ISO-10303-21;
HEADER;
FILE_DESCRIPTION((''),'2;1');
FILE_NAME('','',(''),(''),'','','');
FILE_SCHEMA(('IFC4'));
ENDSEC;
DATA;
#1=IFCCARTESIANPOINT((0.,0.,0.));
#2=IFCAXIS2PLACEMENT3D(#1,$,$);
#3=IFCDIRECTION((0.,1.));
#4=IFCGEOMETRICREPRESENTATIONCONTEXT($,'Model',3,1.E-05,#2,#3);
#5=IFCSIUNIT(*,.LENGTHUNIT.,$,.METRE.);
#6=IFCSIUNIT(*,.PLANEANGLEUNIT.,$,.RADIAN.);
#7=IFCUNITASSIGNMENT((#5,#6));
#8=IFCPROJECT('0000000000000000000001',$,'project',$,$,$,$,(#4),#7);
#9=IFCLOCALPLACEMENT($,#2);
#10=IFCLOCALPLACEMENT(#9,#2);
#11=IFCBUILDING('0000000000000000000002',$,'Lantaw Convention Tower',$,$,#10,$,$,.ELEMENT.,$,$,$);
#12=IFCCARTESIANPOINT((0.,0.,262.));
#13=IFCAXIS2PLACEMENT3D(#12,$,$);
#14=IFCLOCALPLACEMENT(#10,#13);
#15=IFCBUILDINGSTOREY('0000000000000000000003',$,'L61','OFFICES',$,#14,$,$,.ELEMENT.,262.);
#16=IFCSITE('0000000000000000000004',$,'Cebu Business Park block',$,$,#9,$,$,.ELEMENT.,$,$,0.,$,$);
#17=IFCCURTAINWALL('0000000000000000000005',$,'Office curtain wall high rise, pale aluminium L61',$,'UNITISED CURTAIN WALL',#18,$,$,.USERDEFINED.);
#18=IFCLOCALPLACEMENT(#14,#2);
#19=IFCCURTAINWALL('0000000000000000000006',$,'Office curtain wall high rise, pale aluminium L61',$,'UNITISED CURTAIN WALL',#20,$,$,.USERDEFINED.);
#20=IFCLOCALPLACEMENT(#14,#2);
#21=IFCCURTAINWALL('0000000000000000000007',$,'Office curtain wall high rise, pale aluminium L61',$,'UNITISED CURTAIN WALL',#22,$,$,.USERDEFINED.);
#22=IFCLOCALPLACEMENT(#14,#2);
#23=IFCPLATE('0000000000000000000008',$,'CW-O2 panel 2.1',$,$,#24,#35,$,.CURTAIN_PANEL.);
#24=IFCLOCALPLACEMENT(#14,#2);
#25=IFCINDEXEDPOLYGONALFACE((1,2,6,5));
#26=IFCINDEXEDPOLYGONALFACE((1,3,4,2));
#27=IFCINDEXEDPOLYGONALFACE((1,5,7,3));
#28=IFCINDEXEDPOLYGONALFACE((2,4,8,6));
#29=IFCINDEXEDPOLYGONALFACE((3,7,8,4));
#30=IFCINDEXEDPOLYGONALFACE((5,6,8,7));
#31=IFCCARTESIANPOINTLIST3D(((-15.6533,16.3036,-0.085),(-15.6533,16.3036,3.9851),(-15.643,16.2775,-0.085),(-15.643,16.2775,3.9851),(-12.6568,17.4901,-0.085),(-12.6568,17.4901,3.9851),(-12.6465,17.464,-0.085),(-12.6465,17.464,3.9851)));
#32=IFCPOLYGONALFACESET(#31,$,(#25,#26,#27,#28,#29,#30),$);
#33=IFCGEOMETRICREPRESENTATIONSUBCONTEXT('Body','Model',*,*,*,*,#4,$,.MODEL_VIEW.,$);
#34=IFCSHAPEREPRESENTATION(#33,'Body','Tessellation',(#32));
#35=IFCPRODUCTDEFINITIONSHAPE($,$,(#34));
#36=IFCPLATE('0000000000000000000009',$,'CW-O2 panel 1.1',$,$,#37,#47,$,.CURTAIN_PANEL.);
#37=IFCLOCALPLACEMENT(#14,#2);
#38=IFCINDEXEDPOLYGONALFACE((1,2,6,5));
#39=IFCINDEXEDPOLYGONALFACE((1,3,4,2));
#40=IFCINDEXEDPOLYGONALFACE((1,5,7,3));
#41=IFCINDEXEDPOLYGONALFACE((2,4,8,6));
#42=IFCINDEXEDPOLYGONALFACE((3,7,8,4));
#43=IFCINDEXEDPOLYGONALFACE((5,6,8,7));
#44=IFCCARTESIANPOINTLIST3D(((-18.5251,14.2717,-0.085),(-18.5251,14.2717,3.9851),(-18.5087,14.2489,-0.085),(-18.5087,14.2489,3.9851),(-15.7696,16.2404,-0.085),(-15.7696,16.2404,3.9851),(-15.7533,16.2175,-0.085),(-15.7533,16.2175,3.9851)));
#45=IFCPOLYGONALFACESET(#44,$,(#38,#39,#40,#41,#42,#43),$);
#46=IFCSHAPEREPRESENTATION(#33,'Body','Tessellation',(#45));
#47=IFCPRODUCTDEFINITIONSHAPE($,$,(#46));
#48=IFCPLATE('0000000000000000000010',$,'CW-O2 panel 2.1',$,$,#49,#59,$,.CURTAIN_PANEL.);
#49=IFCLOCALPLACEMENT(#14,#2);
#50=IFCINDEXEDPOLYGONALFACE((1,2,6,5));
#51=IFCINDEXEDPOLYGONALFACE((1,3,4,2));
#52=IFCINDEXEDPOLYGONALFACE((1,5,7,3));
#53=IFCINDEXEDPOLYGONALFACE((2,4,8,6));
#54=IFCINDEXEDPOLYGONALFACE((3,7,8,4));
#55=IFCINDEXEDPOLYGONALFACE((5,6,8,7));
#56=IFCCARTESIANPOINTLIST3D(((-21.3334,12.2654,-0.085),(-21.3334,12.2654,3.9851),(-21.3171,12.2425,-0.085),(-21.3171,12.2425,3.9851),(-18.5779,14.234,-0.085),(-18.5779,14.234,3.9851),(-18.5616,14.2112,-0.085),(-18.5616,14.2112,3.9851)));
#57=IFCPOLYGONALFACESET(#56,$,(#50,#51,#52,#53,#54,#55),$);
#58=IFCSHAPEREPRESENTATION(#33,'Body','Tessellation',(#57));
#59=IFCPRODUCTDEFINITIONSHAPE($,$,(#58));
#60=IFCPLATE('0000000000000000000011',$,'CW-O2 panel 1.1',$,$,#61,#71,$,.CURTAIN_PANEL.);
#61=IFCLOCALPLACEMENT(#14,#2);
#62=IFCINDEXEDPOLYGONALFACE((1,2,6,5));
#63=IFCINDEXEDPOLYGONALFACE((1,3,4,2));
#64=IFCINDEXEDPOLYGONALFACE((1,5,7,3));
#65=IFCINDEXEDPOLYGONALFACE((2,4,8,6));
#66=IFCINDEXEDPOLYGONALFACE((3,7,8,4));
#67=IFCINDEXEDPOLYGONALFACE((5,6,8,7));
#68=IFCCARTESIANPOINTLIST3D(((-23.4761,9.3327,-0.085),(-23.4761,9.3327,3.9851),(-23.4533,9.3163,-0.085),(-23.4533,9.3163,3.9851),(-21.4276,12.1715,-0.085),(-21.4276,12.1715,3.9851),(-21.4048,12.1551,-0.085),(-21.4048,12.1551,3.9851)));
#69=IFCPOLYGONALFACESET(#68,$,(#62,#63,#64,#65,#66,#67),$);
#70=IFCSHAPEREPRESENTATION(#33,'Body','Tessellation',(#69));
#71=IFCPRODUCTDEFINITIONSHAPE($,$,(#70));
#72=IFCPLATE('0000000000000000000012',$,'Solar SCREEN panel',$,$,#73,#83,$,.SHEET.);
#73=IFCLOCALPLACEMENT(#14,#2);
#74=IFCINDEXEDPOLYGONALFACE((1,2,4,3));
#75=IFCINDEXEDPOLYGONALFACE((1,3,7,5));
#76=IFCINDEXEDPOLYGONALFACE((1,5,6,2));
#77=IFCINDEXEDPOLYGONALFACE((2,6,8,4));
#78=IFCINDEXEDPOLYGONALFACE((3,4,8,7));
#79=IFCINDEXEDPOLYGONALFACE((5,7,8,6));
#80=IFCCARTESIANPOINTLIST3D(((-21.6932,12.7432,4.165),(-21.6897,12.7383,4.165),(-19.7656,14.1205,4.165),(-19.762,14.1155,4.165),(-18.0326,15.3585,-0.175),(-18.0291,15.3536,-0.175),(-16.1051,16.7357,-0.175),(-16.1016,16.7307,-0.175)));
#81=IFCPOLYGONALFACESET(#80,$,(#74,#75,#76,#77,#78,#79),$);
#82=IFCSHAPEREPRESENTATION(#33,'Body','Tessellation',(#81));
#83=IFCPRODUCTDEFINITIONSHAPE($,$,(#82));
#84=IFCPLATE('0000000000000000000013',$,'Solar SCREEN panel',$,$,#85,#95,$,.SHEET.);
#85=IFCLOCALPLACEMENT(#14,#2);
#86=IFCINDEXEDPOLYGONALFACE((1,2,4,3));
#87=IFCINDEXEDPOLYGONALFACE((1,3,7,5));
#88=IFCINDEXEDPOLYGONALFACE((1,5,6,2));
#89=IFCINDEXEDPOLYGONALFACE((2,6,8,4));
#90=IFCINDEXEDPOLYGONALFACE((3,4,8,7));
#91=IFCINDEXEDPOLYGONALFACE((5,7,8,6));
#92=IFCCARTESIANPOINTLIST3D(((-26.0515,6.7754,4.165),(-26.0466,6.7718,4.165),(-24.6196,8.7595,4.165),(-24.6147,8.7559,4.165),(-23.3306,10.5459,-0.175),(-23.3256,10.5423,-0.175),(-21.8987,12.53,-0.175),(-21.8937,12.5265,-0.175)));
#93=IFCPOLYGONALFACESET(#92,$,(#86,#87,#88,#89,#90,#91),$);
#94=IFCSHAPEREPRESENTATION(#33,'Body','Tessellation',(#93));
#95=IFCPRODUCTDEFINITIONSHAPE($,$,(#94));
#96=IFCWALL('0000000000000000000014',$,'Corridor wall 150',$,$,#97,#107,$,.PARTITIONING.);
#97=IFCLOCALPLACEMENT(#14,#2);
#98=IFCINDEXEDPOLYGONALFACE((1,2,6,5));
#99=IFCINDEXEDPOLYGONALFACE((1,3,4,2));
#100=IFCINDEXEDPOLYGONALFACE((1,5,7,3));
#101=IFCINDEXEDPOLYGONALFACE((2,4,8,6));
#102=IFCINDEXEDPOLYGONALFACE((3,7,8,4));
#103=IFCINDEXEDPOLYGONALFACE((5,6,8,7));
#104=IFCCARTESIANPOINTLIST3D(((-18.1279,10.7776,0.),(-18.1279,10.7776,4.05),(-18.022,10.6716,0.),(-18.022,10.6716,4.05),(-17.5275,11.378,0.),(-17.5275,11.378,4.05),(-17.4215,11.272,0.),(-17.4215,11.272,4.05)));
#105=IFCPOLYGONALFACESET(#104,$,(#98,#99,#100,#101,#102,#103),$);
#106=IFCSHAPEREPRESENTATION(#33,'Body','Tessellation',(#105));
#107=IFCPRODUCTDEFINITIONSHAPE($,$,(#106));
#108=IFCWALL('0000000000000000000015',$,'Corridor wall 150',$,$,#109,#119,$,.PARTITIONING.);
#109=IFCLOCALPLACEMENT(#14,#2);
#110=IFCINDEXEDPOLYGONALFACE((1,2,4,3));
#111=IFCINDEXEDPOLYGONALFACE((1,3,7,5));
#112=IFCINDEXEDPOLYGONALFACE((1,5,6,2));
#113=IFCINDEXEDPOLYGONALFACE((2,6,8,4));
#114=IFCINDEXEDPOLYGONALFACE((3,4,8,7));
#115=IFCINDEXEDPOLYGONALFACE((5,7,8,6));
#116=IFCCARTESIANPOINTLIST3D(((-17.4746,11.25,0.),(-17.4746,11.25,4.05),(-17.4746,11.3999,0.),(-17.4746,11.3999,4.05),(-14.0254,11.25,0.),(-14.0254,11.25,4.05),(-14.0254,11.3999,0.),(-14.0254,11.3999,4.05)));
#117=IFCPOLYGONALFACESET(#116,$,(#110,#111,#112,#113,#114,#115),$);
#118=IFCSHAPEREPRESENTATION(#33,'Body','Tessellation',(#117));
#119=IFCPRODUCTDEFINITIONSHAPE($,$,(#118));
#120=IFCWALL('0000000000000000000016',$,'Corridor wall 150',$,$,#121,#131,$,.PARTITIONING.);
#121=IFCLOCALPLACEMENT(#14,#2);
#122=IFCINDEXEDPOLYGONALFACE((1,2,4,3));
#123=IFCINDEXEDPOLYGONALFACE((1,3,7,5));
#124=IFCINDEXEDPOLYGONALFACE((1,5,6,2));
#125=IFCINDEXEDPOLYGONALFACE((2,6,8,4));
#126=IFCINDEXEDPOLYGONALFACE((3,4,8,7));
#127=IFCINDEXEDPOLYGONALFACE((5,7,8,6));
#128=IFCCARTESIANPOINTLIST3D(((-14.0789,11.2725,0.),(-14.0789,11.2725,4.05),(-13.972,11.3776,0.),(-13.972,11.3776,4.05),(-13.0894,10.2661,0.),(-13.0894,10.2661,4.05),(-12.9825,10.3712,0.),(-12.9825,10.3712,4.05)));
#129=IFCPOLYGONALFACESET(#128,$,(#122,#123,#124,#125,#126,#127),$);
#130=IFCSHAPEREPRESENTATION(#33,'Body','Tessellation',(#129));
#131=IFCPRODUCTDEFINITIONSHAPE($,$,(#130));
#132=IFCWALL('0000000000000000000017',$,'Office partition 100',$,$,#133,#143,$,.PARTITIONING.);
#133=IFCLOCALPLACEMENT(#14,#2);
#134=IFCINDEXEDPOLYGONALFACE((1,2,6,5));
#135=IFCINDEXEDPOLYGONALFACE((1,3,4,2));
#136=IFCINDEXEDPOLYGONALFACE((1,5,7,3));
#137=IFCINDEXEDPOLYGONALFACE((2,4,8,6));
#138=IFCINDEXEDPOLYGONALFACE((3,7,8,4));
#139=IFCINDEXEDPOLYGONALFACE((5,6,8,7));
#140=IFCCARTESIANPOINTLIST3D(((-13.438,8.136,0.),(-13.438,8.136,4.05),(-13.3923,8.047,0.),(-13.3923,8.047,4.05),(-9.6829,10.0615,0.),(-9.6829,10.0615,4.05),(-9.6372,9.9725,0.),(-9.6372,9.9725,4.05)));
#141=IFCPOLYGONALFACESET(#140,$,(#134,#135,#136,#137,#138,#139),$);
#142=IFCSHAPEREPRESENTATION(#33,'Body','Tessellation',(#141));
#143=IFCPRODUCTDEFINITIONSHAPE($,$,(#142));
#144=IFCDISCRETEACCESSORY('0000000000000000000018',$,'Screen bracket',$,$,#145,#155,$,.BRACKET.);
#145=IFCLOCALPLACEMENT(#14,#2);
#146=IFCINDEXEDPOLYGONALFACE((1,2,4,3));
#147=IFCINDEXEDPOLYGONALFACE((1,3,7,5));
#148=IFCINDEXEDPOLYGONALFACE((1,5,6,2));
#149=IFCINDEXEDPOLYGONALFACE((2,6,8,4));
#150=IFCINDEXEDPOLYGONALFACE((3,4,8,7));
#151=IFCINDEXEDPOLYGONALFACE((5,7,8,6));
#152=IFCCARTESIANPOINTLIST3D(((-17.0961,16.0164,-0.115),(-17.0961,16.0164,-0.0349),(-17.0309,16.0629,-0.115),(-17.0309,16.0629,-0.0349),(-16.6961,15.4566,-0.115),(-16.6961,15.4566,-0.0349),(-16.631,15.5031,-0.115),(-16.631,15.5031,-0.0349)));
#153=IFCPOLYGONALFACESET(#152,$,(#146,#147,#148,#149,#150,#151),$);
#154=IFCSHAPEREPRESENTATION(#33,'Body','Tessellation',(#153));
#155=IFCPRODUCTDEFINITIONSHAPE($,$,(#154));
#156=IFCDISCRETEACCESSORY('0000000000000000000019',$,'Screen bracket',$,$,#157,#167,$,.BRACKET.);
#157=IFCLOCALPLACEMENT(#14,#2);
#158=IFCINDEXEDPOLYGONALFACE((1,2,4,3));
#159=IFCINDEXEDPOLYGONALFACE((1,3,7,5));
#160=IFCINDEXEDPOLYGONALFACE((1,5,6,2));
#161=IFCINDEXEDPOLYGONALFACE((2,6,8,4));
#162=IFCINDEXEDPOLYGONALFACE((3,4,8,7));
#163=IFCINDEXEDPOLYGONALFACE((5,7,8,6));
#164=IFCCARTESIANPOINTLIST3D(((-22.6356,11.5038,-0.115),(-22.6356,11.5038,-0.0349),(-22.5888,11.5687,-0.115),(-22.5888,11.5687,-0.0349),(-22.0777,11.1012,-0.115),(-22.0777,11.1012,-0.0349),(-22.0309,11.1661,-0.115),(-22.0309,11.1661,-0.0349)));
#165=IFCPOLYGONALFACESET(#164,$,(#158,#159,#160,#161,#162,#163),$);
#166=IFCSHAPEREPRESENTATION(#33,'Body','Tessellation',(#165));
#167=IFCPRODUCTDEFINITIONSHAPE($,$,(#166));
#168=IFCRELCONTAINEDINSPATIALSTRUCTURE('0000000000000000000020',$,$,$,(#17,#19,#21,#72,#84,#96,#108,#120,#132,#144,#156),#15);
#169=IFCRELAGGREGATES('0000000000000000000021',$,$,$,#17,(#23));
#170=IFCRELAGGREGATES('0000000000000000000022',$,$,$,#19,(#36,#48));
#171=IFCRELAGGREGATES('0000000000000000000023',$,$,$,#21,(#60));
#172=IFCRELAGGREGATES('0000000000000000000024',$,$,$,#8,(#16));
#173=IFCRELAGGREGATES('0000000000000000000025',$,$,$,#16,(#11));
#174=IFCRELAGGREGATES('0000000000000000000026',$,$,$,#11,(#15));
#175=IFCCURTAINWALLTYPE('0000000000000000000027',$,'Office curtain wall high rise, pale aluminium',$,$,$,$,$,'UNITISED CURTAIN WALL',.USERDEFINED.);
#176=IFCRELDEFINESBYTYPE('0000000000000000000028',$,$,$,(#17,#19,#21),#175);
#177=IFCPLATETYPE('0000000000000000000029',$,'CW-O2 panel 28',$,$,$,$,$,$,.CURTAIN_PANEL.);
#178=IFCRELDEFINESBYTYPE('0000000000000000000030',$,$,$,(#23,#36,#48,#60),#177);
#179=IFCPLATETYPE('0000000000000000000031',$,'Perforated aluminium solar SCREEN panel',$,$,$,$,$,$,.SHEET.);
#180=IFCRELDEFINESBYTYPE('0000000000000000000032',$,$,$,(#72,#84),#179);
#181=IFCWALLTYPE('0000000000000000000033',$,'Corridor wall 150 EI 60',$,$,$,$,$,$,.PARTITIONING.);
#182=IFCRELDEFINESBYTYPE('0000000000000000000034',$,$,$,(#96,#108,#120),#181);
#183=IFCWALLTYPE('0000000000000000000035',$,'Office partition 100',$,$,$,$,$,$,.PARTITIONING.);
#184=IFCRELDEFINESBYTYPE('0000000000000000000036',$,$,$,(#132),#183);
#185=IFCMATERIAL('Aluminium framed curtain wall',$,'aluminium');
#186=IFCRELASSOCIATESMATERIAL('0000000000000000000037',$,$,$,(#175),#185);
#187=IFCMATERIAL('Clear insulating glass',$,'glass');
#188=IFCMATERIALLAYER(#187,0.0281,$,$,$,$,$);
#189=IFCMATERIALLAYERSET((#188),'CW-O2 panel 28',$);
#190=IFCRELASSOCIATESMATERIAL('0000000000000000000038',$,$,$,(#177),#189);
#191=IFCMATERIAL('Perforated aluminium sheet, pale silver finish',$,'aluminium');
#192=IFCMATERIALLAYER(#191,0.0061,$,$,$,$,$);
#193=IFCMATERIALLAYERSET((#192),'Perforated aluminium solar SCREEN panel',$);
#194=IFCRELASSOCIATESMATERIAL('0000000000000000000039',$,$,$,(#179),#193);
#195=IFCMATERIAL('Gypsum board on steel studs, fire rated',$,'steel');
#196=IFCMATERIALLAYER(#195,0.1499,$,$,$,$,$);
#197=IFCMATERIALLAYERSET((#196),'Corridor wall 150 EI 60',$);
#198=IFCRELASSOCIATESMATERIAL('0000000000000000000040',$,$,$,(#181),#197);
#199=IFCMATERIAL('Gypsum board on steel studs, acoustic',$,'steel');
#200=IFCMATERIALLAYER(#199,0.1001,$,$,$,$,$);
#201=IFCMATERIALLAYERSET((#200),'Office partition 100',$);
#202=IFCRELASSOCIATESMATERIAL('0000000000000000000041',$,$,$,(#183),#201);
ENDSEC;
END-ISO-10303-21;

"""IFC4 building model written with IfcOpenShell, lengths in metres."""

from ifc_helpers import new_model, si_unit, direction, frame, frame_2d, origin, origin_2d, place, context, subcontext, project, spatial, polyline, rectangle, outline, extrude, material, layer, layer_set, type_object, element, aggregate, save


model = new_model("IFC4")

# Units and contexts
model_context = context("Model", 3, precision=1e-05, world=origin(), true_north=direction((0.0, 1.0)))
body_context = subcontext(model_context, "Body", "Model", "MODEL_VIEW")
ifc_project = project(units=[si_unit("LENGTHUNIT", "METRE"), si_unit("PLANEANGLEUNIT", "RADIAN")], contexts=[model_context])

# Site, building, storey
site_placement = place(None, origin())
site = spatial("IfcSite", under=ifc_project, at=site_placement, Name="Cebu Business Park block", CompositionType="ELEMENT", RefElevation=0.0)
building_placement = place(site_placement, origin())
building = spatial("IfcBuilding", under=site, at=building_placement, Name="Lantaw Convention Tower", CompositionType="ELEMENT")
storey_placement = place(building_placement, frame((0.0, 0.0, 262.0)))
storey = spatial("IfcBuildingStorey", under=building, at=storey_placement, Name="L61", Description="OFFICES", CompositionType="ELEMENT", Elevation=262.0)

# Curtain walls
ifc_material_1 = material(Name="Aluminium framed curtain wall", Category="aluminium")
curtain_wall_type = type_object("IfcCurtainWallType", Name="Office curtain wall high rise, pale aluminium", ElementType="UNITISED CURTAIN WALL", PredefinedType="USERDEFINED", material=ifc_material_1)
curtain_wall_1_placement = place(storey_placement, origin())
curtain_wall_1 = element("IfcCurtainWall", 1, at=curtain_wall_1_placement, inside=storey, type_object=curtain_wall_type, Name="Office curtain wall high rise, pale aluminium L61", ObjectType="UNITISED CURTAIN WALL", PredefinedType="USERDEFINED")
curtain_wall_2_placement = place(storey_placement, origin())
curtain_wall_2 = element("IfcCurtainWall", 2, at=curtain_wall_2_placement, inside=storey, type_object=curtain_wall_type, Name="Office curtain wall high rise, pale aluminium L61", ObjectType="UNITISED CURTAIN WALL", PredefinedType="USERDEFINED")
curtain_wall_3_placement = place(storey_placement, origin())
curtain_wall_3 = element("IfcCurtainWall", 3, at=curtain_wall_3_placement, inside=storey, type_object=curtain_wall_type, Name="Office curtain wall high rise, pale aluminium L61", ObjectType="UNITISED CURTAIN WALL", PredefinedType="USERDEFINED")

# Plates
ifc_material_2 = material(Name="Clear insulating glass", Category="glass")
ifc_layer_1 = layer(ifc_material_2, 0.0281)
ifc_layer_set_1 = layer_set([ifc_layer_1], Name="CW-O2 panel 28")
plate_type_1 = type_object("IfcPlateType", Name="CW-O2 panel 28", PredefinedType="CURTAIN_PANEL", material=ifc_layer_set_1)
plate_1_placement = place(storey_placement, frame((-14.1499, 16.8838, -0.085), z_axis=(0.0, 0.0, 1.0), x_axis=(-0.929762, -0.368162, 0.0)))
plate_1 = element("IfcPlate", 4, at=plate_1_placement, type_object=plate_type_1, Name="CW-O2 panel 2.1", PredefinedType="CURTAIN_PANEL", context=body_context, shape_type="SweptSolid", body=[
    extrude(rectangle(XDim=3.2229, YDim=0.0281, at=origin_2d()), origin(), (0.0, 0.0, 1.0), 4.0701),
])
aggregate(curtain_wall_1, [plate_1])
plate_2_placement = place(storey_placement, frame((-17.1392, 15.2446, -0.085), z_axis=(0.0, 0.0, 1.0), x_axis=(-0.813673, -0.581323, 0.0)))
plate_2 = element("IfcPlate", 5, at=plate_2_placement, type_object=plate_type_1, Name="CW-O2 panel 1.1", PredefinedType="CURTAIN_PANEL", context=body_context, shape_type="SweptSolid", body=[
    extrude(rectangle(XDim=3.3865, YDim=0.0281, at=origin_2d()), origin(), (0.0, 0.0, 1.0), 4.0701),
])
plate_3_placement = place(storey_placement, frame((-19.9475, 13.2383, -0.085), z_axis=(0.0, 0.0, 1.0), x_axis=(-0.813673, -0.581323, 0.0)))
plate_3 = element("IfcPlate", 6, at=plate_3_placement, type_object=plate_type_1, Name="CW-O2 panel 2.1", PredefinedType="CURTAIN_PANEL", context=body_context, shape_type="SweptSolid", body=[
    extrude(rectangle(XDim=3.3865, YDim=0.0281, at=origin_2d()), origin(), (0.0, 0.0, 1.0), 4.0701),
])
aggregate(curtain_wall_2, [plate_2, plate_3])
plate_4_placement = place(storey_placement, frame((-22.4404, 10.7439, -0.085), z_axis=(0.0, 0.0, 1.0), x_axis=(-0.585158, -0.81092, 0.0)))
plate_4 = element("IfcPlate", 7, at=plate_4_placement, type_object=plate_type_1, Name="CW-O2 panel 1.1", PredefinedType="CURTAIN_PANEL", context=body_context, shape_type="SweptSolid", body=[
    extrude(rectangle(XDim=3.5007, YDim=0.0281, at=origin_2d()), origin(), (0.0, 0.0, 1.0), 4.0701),
])
aggregate(curtain_wall_3, [plate_4])

# Plates
ifc_material_3 = material(Name="Perforated aluminium sheet, pale silver finish", Category="aluminium")
ifc_layer_2 = layer(ifc_material_3, 0.0061)
ifc_layer_set_2 = layer_set([ifc_layer_2], Name="Perforated aluminium solar SCREEN panel")
plate_type_2 = type_object("IfcPlateType", Name="Perforated aluminium solar SCREEN panel", PredefinedType="SHEET", material=ifc_layer_set_2)
plate_5_placement = place(storey_placement, frame((-16.1016, 16.7307, -0.175), z_axis=(0.581331, -0.813667, 0.00001), x_axis=(-0.813667, -0.581331, 0.0)))
element("IfcPlate", 8, at=plate_5_placement, inside=storey, type_object=plate_type_2, Name="Solar SCREEN panel", PredefinedType="SHEET", context=body_context, shape_type="SweptSolid", body=[
    extrude(outline(polyline([(0.0, 0.0), (2.3689, 0.0), (6.8678, -4.3401), (4.4987, -4.3401), (0.0, 0.0)])), origin(), (0.0, 0.0, -1.0), 0.0061),
])
plate_6_placement = place(storey_placement, frame((-21.8987, 12.53, -0.175), z_axis=(-0.810892, 0.585195, 0.00002), x_axis=(-0.585195, -0.810892, 0.0)))
element("IfcPlate", 9, at=plate_6_placement, inside=storey, type_object=plate_type_2, Name="Solar SCREEN panel", PredefinedType="SHEET", context=body_context, shape_type="SweptSolid", body=[
    extrude(outline(polyline([(0.0, 0.0), (2.4468, 0.0), (7.0966, 4.3401), (4.6498, 4.3401), (0.0, 0.0)])), origin(), (0.0, 0.0, -1.0), 0.0061),
])

# Walls
ifc_material_4 = material(Name="Gypsum board on steel studs, fire rated", Category="steel")
ifc_layer_3 = layer(ifc_material_4, 0.1499)
ifc_layer_set_3 = layer_set([ifc_layer_3], Name="Corridor wall 150 EI 60")
wall_type_1 = type_object("IfcWallType", Name="Corridor wall 150 EI 60", PredefinedType="PARTITIONING", material=ifc_layer_set_3)
wall_1_placement = place(storey_placement, frame((-18.075, 10.7246, 0.0), z_axis=(0.0, 0.0, 1.0), x_axis=(0.707107, 0.707107, 0.0)))
element("IfcWall", 10, at=wall_1_placement, inside=storey, type_object=wall_type_1, Name="Corridor wall 150", PredefinedType="PARTITIONING", context=body_context, shape_type="SweptSolid", body=[
    extrude(rectangle(XDim=0.8491, YDim=0.1499, at=frame_2d((0.4246, 0.0))), origin(), (0.0, 0.0, 1.0), 4.05),
])
wall_2_placement = place(storey_placement, frame((-17.4746, 11.325, 0.0), z_axis=(0.0, 0.0, 1.0), x_axis=(1.0, 0.0, 0.0)))
element("IfcWall", 11, at=wall_2_placement, inside=storey, type_object=wall_type_1, Name="Corridor wall 150", PredefinedType="PARTITIONING", context=body_context, shape_type="SweptSolid", body=[
    extrude(rectangle(XDim=3.4492, YDim=0.1499, at=frame_2d((1.7246, 0.0))), origin(), (0.0, 0.0, 1.0), 4.05),
])
wall_3_placement = place(storey_placement, frame((-14.0254, 11.325, 0.0), z_axis=(0.0, 0.0, 1.0), x_axis=(0.701114, -0.71305, 0.0)))
element("IfcWall", 12, at=wall_3_placement, inside=storey, type_object=wall_type_1, Name="Corridor wall 150", PredefinedType="PARTITIONING", context=body_context, shape_type="SweptSolid", body=[
    extrude(rectangle(XDim=1.4114, YDim=0.1499, at=frame_2d((0.7056, 0.0))), origin(), (0.0, 0.0, 1.0), 4.05),
])
ifc_material_5 = material(Name="Gypsum board on steel studs, acoustic", Category="steel")
ifc_layer_4 = layer(ifc_material_5, 0.1001)
ifc_layer_set_4 = layer_set([ifc_layer_4], Name="Office partition 100")
wall_type_2 = type_object("IfcWallType", Name="Office partition 100", PredefinedType="PARTITIONING", material=ifc_layer_set_4)
wall_4_placement = place(storey_placement, frame((-13.415, 8.0916, 0.0), z_axis=(0.0, 0.0, 1.0), x_axis=(0.889834, 0.456285, 0.0)))
element("IfcWall", 13, at=wall_4_placement, inside=storey, type_object=wall_type_2, Name="Office partition 100", PredefinedType="PARTITIONING", context=body_context, shape_type="SweptSolid", body=[
    extrude(rectangle(XDim=4.22, YDim=0.1001, at=frame_2d((2.1099, 0.0))), origin(), (0.0, 0.0, 1.0), 4.05),
])

# Discrete accessories
for number, where, z_axis, x_axis, name in (
    (14, (-16.8635, 15.7598, -0.115), (0.0, 0.0, 1.0), (-0.813673, -0.581323, 0.0), "Screen bracket"),
    (15, (-22.3333, 11.335, -0.115), (0.0, 0.0, 1.0), (-0.585158, -0.81092, 0.0), "Screen bracket"),
):
    element("IfcDiscreteAccessory", number, at=place(storey_placement, frame(where, z_axis=z_axis, x_axis=x_axis)), inside=storey, Name=name, PredefinedType="BRACKET", context=body_context, shape_type="SweptSolid", body=[
        extrude(rectangle(XDim=0.0801, YDim=0.688, at=origin_2d()), origin(), (0.0, 0.0, 1.0), 0.0801),
    ])

save(model, "model.ifc")
